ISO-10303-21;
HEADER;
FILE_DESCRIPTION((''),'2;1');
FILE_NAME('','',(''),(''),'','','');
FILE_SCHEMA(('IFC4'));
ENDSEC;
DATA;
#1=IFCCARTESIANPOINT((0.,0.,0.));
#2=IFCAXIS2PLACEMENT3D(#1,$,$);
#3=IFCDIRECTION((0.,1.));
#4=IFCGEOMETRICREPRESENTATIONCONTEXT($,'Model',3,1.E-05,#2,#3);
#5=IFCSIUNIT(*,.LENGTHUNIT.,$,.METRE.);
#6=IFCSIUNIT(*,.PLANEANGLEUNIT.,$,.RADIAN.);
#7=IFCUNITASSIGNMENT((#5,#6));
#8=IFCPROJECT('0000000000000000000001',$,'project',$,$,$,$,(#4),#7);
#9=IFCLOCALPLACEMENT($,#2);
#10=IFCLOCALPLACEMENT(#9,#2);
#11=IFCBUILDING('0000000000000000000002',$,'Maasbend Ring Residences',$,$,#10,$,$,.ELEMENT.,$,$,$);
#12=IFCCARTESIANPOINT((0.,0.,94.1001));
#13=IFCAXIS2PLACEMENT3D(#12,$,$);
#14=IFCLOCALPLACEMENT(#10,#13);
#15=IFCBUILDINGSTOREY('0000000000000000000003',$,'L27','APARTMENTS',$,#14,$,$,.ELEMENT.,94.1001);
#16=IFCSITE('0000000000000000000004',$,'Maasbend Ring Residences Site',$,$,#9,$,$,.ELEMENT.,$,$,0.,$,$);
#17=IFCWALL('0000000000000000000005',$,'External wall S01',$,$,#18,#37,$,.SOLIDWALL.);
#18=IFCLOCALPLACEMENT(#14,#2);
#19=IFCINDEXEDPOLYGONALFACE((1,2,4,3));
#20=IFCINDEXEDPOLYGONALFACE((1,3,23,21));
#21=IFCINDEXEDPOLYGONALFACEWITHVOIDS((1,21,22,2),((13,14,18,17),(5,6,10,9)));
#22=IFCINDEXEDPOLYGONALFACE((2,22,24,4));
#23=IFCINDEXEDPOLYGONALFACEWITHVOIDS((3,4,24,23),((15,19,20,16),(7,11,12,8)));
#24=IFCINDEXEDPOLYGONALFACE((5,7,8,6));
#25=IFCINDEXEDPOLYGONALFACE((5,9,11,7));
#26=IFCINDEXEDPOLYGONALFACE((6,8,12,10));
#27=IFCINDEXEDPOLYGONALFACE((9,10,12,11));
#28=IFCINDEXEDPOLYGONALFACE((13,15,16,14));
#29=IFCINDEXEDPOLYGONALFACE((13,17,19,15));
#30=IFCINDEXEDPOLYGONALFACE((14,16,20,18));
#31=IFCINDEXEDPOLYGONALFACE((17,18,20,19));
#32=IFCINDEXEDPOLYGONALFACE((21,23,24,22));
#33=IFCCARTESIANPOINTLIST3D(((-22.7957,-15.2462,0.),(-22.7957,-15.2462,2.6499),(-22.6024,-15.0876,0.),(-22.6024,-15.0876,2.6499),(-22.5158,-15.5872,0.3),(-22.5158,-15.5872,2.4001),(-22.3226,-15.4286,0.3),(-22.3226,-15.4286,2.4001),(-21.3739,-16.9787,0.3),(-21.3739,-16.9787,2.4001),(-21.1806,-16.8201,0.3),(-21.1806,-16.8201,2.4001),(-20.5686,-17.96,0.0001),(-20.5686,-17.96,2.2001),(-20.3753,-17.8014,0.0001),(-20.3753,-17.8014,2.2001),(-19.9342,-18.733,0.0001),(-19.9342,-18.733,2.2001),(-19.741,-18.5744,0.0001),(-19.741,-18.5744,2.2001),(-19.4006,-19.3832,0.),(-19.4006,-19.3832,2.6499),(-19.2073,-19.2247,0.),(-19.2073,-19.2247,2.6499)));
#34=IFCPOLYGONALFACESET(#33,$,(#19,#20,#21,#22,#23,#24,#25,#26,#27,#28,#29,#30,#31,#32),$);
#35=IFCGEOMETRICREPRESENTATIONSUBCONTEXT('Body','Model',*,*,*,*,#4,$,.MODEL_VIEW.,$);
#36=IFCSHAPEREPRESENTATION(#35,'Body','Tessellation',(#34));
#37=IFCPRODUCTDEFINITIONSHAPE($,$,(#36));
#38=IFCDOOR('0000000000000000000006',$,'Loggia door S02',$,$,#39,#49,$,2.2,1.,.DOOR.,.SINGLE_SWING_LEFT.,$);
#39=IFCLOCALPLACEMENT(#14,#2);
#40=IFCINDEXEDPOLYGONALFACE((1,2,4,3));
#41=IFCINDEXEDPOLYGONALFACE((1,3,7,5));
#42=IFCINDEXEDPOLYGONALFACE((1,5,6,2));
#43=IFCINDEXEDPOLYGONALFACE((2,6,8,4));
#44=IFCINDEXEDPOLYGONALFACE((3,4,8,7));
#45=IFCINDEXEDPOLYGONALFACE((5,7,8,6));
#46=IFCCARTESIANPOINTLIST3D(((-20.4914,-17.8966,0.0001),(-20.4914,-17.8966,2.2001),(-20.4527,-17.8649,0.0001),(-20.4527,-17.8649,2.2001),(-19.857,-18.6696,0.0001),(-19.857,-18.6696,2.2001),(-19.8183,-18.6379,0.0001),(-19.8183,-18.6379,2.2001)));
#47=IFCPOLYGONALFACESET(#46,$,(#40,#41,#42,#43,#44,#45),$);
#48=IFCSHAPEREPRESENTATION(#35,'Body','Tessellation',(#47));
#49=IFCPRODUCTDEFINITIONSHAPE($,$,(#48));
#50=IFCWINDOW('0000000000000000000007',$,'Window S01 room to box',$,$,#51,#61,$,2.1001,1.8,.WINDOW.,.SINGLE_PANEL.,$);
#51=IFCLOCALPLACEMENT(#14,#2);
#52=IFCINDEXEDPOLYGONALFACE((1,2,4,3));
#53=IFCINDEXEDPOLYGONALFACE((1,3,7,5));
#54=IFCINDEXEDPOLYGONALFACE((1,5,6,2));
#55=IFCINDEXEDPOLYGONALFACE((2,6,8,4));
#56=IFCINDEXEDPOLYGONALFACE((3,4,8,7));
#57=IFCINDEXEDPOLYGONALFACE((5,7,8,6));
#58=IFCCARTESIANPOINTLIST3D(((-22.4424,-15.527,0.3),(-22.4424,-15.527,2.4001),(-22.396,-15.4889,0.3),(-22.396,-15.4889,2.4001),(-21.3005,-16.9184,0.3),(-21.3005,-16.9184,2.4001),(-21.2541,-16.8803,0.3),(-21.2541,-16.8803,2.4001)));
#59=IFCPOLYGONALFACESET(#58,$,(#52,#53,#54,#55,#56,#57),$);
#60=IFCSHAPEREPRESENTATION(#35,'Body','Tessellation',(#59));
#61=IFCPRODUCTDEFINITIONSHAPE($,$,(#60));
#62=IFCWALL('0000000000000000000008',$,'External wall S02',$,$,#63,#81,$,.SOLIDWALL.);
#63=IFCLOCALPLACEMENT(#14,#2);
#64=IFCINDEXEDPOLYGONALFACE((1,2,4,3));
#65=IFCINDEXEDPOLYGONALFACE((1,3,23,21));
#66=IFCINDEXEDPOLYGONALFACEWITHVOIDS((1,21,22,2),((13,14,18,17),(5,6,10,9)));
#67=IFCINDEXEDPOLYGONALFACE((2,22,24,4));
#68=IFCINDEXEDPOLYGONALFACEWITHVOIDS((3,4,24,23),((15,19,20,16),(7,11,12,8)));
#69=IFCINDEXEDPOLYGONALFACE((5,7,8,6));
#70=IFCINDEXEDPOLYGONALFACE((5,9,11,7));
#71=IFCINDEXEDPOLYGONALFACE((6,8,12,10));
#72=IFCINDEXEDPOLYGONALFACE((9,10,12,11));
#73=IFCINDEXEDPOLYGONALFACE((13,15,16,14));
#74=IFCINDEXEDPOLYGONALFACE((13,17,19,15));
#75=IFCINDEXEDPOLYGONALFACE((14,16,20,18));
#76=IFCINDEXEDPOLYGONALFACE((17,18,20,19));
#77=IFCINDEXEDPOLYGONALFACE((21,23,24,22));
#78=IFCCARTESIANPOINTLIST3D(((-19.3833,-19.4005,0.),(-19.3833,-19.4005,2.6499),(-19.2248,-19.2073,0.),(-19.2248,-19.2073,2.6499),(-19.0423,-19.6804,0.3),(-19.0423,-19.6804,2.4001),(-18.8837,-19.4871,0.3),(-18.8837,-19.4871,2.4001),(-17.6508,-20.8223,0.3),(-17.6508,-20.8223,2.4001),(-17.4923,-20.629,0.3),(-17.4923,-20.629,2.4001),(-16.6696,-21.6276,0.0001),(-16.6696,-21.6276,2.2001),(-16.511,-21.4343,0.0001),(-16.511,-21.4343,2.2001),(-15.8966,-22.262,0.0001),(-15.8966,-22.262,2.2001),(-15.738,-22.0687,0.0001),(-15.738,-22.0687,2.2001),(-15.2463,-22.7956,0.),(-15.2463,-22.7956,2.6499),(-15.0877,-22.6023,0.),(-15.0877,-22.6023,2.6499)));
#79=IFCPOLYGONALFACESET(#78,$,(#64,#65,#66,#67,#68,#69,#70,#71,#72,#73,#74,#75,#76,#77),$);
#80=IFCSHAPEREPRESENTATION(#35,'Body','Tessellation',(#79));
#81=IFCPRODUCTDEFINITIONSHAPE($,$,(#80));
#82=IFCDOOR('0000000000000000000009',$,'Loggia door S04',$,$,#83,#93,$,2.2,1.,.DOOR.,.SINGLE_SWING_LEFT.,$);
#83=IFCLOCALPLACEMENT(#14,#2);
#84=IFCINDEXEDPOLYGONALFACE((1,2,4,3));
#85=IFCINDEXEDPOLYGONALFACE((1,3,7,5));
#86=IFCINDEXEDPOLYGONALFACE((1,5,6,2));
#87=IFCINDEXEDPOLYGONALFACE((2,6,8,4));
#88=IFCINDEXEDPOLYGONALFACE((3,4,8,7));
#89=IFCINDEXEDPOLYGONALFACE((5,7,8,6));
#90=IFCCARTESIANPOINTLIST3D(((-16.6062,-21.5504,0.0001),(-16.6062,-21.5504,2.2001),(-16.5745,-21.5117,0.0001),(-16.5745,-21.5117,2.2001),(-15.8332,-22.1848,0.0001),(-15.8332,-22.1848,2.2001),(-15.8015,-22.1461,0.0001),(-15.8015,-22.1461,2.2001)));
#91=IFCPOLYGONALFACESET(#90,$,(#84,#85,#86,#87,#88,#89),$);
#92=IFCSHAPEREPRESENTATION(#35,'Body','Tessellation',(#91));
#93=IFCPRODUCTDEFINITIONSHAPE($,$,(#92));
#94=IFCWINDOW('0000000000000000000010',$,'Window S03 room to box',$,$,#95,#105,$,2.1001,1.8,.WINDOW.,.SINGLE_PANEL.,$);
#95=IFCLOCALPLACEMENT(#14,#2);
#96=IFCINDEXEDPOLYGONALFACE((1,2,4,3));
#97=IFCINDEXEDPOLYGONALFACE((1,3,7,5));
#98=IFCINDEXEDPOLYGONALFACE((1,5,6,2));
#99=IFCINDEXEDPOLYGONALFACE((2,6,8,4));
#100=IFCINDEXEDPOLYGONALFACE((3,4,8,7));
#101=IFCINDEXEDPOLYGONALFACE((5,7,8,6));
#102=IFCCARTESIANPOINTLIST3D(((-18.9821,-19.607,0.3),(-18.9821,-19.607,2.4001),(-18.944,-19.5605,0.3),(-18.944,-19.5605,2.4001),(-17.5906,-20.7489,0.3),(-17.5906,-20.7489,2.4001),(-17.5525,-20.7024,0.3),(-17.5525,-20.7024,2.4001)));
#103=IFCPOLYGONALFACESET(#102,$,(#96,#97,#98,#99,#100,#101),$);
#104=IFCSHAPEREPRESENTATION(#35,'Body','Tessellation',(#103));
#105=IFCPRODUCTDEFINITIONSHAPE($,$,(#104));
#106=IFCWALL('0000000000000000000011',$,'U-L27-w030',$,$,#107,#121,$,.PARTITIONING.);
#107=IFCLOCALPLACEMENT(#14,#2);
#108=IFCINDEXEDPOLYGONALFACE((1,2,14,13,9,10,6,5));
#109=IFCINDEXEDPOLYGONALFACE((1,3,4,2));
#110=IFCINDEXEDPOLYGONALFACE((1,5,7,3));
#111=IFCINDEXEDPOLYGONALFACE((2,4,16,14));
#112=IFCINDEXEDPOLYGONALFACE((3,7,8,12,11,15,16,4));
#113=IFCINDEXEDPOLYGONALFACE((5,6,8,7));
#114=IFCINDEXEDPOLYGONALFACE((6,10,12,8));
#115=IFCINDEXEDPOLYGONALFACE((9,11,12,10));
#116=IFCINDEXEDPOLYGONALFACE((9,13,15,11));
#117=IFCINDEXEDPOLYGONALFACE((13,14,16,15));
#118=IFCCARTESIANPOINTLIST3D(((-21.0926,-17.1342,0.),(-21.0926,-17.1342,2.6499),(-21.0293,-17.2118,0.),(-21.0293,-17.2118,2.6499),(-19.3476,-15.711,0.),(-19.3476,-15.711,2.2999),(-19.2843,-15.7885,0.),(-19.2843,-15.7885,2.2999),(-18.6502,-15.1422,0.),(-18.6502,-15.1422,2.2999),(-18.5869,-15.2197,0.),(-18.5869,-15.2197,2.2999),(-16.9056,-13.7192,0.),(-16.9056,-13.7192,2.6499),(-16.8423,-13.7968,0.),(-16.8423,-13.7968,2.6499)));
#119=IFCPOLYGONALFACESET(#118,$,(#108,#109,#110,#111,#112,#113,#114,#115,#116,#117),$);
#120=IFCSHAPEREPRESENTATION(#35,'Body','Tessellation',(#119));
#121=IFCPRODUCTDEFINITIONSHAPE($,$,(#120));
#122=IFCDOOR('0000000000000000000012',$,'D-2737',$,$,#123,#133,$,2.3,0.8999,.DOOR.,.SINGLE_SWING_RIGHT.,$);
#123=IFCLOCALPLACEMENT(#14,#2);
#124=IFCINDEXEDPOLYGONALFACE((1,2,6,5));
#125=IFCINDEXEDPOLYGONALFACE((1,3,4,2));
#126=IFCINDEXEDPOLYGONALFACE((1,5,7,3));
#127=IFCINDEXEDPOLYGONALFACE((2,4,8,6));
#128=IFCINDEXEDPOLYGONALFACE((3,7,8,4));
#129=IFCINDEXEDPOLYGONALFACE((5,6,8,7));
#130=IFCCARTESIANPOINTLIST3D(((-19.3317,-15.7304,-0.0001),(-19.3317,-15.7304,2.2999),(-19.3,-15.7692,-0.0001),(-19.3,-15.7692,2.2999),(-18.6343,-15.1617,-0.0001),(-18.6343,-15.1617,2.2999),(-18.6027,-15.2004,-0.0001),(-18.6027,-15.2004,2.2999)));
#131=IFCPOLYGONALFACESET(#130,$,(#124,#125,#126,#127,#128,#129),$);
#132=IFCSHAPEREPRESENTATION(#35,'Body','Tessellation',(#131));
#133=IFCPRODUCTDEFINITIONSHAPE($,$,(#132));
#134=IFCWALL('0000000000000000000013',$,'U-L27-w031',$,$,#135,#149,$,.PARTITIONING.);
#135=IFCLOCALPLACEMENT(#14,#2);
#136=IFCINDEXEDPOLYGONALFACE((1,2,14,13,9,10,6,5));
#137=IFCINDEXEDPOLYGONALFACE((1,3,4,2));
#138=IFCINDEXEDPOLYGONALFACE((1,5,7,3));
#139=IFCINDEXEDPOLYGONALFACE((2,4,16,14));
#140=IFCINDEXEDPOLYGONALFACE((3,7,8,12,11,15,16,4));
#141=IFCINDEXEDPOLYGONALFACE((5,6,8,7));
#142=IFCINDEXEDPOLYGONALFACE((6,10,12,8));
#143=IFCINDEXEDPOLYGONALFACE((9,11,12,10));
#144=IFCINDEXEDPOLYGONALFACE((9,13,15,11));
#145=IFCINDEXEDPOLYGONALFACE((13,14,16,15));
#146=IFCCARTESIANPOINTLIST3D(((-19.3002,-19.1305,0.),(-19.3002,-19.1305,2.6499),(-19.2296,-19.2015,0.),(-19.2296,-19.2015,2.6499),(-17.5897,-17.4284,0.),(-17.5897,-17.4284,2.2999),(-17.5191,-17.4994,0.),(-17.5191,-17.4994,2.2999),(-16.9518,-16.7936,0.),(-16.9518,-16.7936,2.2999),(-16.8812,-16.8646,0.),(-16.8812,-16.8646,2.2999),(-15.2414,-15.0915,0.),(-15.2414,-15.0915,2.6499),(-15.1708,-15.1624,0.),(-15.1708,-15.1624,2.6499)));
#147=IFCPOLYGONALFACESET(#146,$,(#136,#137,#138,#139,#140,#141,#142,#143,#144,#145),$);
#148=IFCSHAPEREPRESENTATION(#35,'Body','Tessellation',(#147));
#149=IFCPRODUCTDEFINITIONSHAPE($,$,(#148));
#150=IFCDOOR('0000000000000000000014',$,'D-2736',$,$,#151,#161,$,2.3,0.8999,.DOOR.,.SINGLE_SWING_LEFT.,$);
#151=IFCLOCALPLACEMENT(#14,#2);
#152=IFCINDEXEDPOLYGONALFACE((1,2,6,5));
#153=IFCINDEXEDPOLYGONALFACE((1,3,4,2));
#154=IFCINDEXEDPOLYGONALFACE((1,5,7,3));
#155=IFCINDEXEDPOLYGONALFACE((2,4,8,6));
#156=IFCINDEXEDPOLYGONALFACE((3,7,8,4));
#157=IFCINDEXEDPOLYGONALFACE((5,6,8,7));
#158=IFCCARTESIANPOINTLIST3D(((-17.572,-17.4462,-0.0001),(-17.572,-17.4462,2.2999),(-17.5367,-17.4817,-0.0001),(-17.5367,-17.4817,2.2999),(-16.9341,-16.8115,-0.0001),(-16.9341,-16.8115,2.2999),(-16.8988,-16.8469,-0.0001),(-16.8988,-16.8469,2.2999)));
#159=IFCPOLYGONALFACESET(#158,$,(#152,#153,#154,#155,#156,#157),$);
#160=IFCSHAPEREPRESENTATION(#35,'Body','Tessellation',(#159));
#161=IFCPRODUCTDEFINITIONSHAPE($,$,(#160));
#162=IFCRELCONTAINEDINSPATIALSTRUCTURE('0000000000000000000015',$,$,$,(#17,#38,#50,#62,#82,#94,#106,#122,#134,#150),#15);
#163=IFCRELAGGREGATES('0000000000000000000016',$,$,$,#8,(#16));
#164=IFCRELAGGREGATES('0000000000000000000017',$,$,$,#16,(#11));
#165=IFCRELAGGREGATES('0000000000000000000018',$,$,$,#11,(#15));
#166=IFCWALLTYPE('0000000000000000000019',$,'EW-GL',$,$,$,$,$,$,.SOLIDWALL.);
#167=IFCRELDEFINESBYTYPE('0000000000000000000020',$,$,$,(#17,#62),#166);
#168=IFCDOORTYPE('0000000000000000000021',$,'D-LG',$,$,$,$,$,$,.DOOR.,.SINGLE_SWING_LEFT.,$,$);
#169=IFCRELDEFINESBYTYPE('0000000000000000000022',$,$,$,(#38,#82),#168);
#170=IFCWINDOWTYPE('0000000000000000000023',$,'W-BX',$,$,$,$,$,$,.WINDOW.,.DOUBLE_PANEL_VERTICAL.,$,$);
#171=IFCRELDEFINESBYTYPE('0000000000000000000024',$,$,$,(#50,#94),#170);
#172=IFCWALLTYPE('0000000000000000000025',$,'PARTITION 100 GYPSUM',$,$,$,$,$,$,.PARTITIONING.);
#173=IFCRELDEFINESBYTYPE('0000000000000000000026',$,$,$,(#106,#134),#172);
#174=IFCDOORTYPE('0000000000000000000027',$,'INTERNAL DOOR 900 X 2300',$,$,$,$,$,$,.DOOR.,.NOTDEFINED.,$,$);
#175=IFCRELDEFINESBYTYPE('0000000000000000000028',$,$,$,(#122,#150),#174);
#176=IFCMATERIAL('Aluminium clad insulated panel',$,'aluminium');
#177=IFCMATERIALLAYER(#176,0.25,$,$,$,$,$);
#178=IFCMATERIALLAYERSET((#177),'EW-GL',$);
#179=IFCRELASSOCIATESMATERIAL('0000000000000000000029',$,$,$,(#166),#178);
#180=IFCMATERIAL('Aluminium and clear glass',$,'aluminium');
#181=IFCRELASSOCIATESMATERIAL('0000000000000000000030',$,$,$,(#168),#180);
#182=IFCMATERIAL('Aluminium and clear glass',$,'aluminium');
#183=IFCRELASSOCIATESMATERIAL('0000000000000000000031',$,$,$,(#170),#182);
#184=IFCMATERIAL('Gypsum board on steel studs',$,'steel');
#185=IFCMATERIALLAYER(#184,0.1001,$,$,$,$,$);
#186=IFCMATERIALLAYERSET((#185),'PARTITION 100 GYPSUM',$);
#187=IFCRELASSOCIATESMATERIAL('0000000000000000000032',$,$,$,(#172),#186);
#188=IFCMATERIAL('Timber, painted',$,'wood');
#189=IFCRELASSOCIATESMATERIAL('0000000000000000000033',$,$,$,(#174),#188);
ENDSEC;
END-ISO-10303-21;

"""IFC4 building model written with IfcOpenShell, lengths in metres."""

from ifc_helpers import new_model, si_unit, direction, frame, frame_2d, origin, place, context, subcontext, project, spatial, rectangle, extrude, material, layer, layer_set, type_object, element, fill, save


model = new_model("IFC4")

# Units and contexts
model_context = context("Model", 3, precision=1e-05, world=origin(), true_north=direction((0.0, 1.0)))
body_context = subcontext(model_context, "Body", "Model", "MODEL_VIEW")
ifc_project = project(units=[si_unit("LENGTHUNIT", "METRE"), si_unit("PLANEANGLEUNIT", "RADIAN")], contexts=[model_context])

# Site, building, storey
site_placement = place(None, origin())
site = spatial("IfcSite", under=ifc_project, at=site_placement, Name="Maasbend Ring Residences Site", CompositionType="ELEMENT", RefElevation=0.0)
building_placement = place(site_placement, origin())
building = spatial("IfcBuilding", under=site, at=building_placement, Name="Maasbend Ring Residences", CompositionType="ELEMENT")
storey_placement = place(building_placement, frame((0.0, 0.0, 94.1001)))
storey = spatial("IfcBuildingStorey", under=building, at=storey_placement, Name="L27", Description="APARTMENTS", CompositionType="ELEMENT", Elevation=94.1001)

# Walls, openings, doors, windows
ifc_material_1 = material(Name="Aluminium clad insulated panel", Category="aluminium")
ifc_layer_1 = layer(ifc_material_1, 0.25)
ifc_layer_set_1 = layer_set([ifc_layer_1], Name="EW-GL")
wall_type_1 = type_object("IfcWallType", Name="EW-GL", PredefinedType="SOLIDWALL", material=ifc_layer_set_1)
wall_1_placement = place(storey_placement, frame((-22.699, -15.167, 0.0), z_axis=(0.0, 0.0, 1.0), x_axis=(0.634382, -0.773019, 0.0)))
wall_1 = element("IfcWall", 1, at=wall_1_placement, inside=storey, type_object=wall_type_1, Name="External wall S01", PredefinedType="SOLIDWALL", context=body_context, shape_type="SweptSolid", body=[
    extrude(rectangle(XDim=5.3518, YDim=0.25, at=frame_2d((2.6758, 0.0))), origin(), (0.0, 0.0, 1.0), 2.6499),
])
opening_1_placement = place(wall_1_placement, frame((0.4412, 0.0, 0.3)))
opening_1 = element("IfcOpeningElement", 2, at=opening_1_placement, cuts=wall_1, PredefinedType="OPENING", context=body_context, shape_type="SweptSolid", body=[
    extrude(rectangle(XDim=1.8, YDim=2.1001, at=frame_2d((0.8999, 1.05))), frame((0.0, 0.135, 0.0), z_axis=(0.0, -1.0, 0.0), x_axis=(1.0, 0.0, 0.0)), (0.0, 0.0, 1.0), 0.27),
])
opening_2_placement = place(wall_1_placement, frame((3.5105, 0.0, 0.0)))
opening_2 = element("IfcOpeningElement", 3, at=opening_2_placement, cuts=wall_1, PredefinedType="OPENING", context=body_context, shape_type="SweptSolid", body=[
    extrude(rectangle(XDim=1.0, YDim=2.2, at=frame_2d((0.5, 1.1001))), frame((0.0, 0.135, 0.0), z_axis=(0.0, -1.0, 0.0), x_axis=(1.0, 0.0, 0.0)), (0.0, 0.0, 1.0), 0.27),
])
ifc_material_2 = material(Name="Aluminium and clear glass", Category="aluminium")
door_type_1 = type_object("IfcDoorType", Name="D-LG", OperationType="SINGLE_SWING_LEFT", PredefinedType="DOOR", material=ifc_material_2)
door_1_placement = place(opening_2_placement, origin())
door_1 = element("IfcDoor", 4, at=door_1_placement, inside=storey, type_object=door_type_1, Name="Loggia door S02", OperationType="SINGLE_SWING_LEFT", OverallHeight=2.2, OverallWidth=1.0, PredefinedType="DOOR", context=body_context, shape_type="SweptSolid", body=[
    extrude(rectangle(XDim=1.0, YDim=2.2, at=frame_2d((0.5, 1.1001))), frame((0.0, 0.0249, 0.0), z_axis=(0.0, -1.0, 0.0), x_axis=(1.0, 0.0, 0.0)), (0.0, 0.0, 1.0), 0.05),
])
fill(opening_2, door_1)
ifc_material_3 = material(Name="Aluminium and clear glass", Category="aluminium")
window_type_1 = type_object("IfcWindowType", Name="W-BX", PartitioningType="DOUBLE_PANEL_VERTICAL", PredefinedType="WINDOW", material=ifc_material_3)
window_1_placement = place(opening_1_placement, origin())
window_1 = element("IfcWindow", 5, at=window_1_placement, inside=storey, type_object=window_type_1, Name="Window S01 room to box", OverallHeight=2.1001, OverallWidth=1.8, PartitioningType="SINGLE_PANEL", PredefinedType="WINDOW", context=body_context, shape_type="SweptSolid", body=[
    extrude(rectangle(XDim=1.8, YDim=2.1001, at=frame_2d((0.8999, 1.05))), frame((0.0, 0.03, 0.0), z_axis=(0.0, -1.0, 0.0), x_axis=(1.0, 0.0, 0.0)), (0.0, 0.0, 1.0), 0.0601),
])
fill(opening_1, window_1)
wall_2_placement = place(storey_placement, frame((-19.304, -19.304, 0.0), z_axis=(0.0, 0.0, 1.0), x_axis=(0.773019, -0.634382, 0.0)))
wall_2 = element("IfcWall", 6, at=wall_2_placement, inside=storey, type_object=wall_type_1, Name="External wall S02", PredefinedType="SOLIDWALL", context=body_context, shape_type="SweptSolid", body=[
    extrude(rectangle(XDim=5.3518, YDim=0.25, at=frame_2d((2.6758, 0.0))), origin(), (0.0, 0.0, 1.0), 2.6499),
])
opening_3_placement = place(wall_2_placement, frame((0.4412, 0.0, 0.3)))
opening_3 = element("IfcOpeningElement", 7, at=opening_3_placement, cuts=wall_2, PredefinedType="OPENING", context=body_context, shape_type="SweptSolid", body=[
    extrude(rectangle(XDim=1.8, YDim=2.1001, at=frame_2d((0.8999, 1.05))), frame((0.0, 0.135, 0.0), z_axis=(0.0, -1.0, 0.0), x_axis=(1.0, 0.0, 0.0)), (0.0, 0.0, 1.0), 0.27),
])
opening_4_placement = place(wall_2_placement, frame((3.5105, 0.0, 0.0)))
opening_4 = element("IfcOpeningElement", 8, at=opening_4_placement, cuts=wall_2, PredefinedType="OPENING", context=body_context, shape_type="SweptSolid", body=[
    extrude(rectangle(XDim=1.0, YDim=2.2, at=frame_2d((0.5, 1.1001))), frame((0.0, 0.135, 0.0), z_axis=(0.0, -1.0, 0.0), x_axis=(1.0, 0.0, 0.0)), (0.0, 0.0, 1.0), 0.27),
])
door_2_placement = place(opening_4_placement, origin())
door_2 = element("IfcDoor", 9, at=door_2_placement, inside=storey, type_object=door_type_1, Name="Loggia door S04", OperationType="SINGLE_SWING_LEFT", OverallHeight=2.2, OverallWidth=1.0, PredefinedType="DOOR", context=body_context, shape_type="SweptSolid", body=[
    extrude(rectangle(XDim=1.0, YDim=2.2, at=frame_2d((0.5, 1.1001))), frame((0.0, 0.0249, 0.0), z_axis=(0.0, -1.0, 0.0), x_axis=(1.0, 0.0, 0.0)), (0.0, 0.0, 1.0), 0.05),
])
fill(opening_4, door_2)
window_2_placement = place(opening_3_placement, origin())
window_2 = element("IfcWindow", 10, at=window_2_placement, inside=storey, type_object=window_type_1, Name="Window S03 room to box", OverallHeight=2.1001, OverallWidth=1.8, PartitioningType="SINGLE_PANEL", PredefinedType="WINDOW", context=body_context, shape_type="SweptSolid", body=[
    extrude(rectangle(XDim=1.8, YDim=2.1001, at=frame_2d((0.8999, 1.05))), frame((0.0, 0.03, 0.0), z_axis=(0.0, -1.0, 0.0), x_axis=(1.0, 0.0, 0.0)), (0.0, 0.0, 1.0), 0.0601),
])
fill(opening_3, window_2)

# Walls, openings, doors
ifc_material_4 = material(Name="Gypsum board on steel studs", Category="steel")
ifc_layer_2 = layer(ifc_material_4, 0.1001)
ifc_layer_set_2 = layer_set([ifc_layer_2], Name="PARTITION 100 GYPSUM")
wall_type_2 = type_object("IfcWallType", Name="PARTITION 100 GYPSUM", PredefinedType="PARTITIONING", material=ifc_layer_set_2)
wall_3_placement = place(storey_placement, frame((-21.061, -17.1731, 0.0), z_axis=(0.0, 0.0, 1.0), x_axis=(0.774927, 0.632051, 0.0)))
wall_3 = element("IfcWall", 11, at=wall_3_placement, inside=storey, type_object=wall_type_2, Name="U-L27-w030", PredefinedType="PARTITIONING", context=body_context, shape_type="SweptSolid", body=[
    extrude(rectangle(XDim=5.4031, YDim=0.1001, at=frame_2d((2.7017, 0.0))), origin(), (0.0, 0.0, 1.0), 2.6499),
])
opening_5_placement = place(wall_3_placement, frame((2.252, 0.0, 0.0)))
opening_5 = element("IfcOpeningElement", 12, at=opening_5_placement, cuts=wall_3, PredefinedType="OPENING", context=body_context, shape_type="SweptSolid", body=[
    extrude(rectangle(XDim=0.8999, YDim=2.3, at=frame_2d((0.45, 1.1499))), frame((0.0, 0.0601, 0.0), z_axis=(0.0, -1.0, 0.0), x_axis=(1.0, 0.0, 0.0)), (0.0, 0.0, 1.0), 0.1201),
])
ifc_material_5 = material(Name="Timber, painted", Category="wood")
door_type_2 = type_object("IfcDoorType", Name="INTERNAL DOOR 900 X 2300", OperationType="NOTDEFINED", PredefinedType="DOOR", material=ifc_material_5)
door_3_placement = place(opening_5_placement, origin())
door_3 = element("IfcDoor", 13, at=door_3_placement, inside=storey, type_object=door_type_2, Name="D-2737", OperationType="SINGLE_SWING_RIGHT", OverallHeight=2.3, OverallWidth=0.8999, PredefinedType="DOOR", context=body_context, shape_type="SweptSolid", body=[
    extrude(rectangle(XDim=0.8999, YDim=2.3, at=frame_2d((0.45, 1.1499))), frame((0.0, 0.0249, 0.0), z_axis=(0.0, -1.0, 0.0), x_axis=(1.0, 0.0, 0.0)), (0.0, 0.0, 1.0), 0.05),
])
fill(opening_5, door_3)
wall_4_placement = place(storey_placement, frame((-19.2649, -19.166, 0.0), z_axis=(0.0, 0.0, 1.0), x_axis=(0.708831, 0.705378, 0.0)))
wall_4 = element("IfcWall", 14, at=wall_4_placement, inside=storey, type_object=wall_type_2, Name="U-L27-w031", PredefinedType="PARTITIONING", context=body_context, shape_type="SweptSolid", body=[
    extrude(rectangle(XDim=5.7261, YDim=0.1001, at=frame_2d((2.863, 0.0))), origin(), (0.0, 0.0, 1.0), 2.6499),
])
opening_6_placement = place(wall_4_placement, frame((2.4131, 0.0, 0.0)))
opening_6 = element("IfcOpeningElement", 15, at=opening_6_placement, cuts=wall_4, PredefinedType="OPENING", context=body_context, shape_type="SweptSolid", body=[
    extrude(rectangle(XDim=0.8999, YDim=2.3, at=frame_2d((0.45, 1.1499))), frame((0.0, 0.0601, 0.0), z_axis=(0.0, -1.0, 0.0), x_axis=(1.0, 0.0, 0.0)), (0.0, 0.0, 1.0), 0.1201),
])
door_4_placement = place(opening_6_placement, origin())
door_4 = element("IfcDoor", 16, at=door_4_placement, inside=storey, type_object=door_type_2, Name="D-2736", OperationType="SINGLE_SWING_LEFT", OverallHeight=2.3, OverallWidth=0.8999, PredefinedType="DOOR", context=body_context, shape_type="SweptSolid", body=[
    extrude(rectangle(XDim=0.8999, YDim=2.3, at=frame_2d((0.45, 1.1499))), frame((0.0, 0.0249, 0.0), z_axis=(0.0, -1.0, 0.0), x_axis=(1.0, 0.0, 0.0)), (0.0, 0.0, 1.0), 0.05),
])
fill(opening_6, door_4)

save(model, "model.ifc")
